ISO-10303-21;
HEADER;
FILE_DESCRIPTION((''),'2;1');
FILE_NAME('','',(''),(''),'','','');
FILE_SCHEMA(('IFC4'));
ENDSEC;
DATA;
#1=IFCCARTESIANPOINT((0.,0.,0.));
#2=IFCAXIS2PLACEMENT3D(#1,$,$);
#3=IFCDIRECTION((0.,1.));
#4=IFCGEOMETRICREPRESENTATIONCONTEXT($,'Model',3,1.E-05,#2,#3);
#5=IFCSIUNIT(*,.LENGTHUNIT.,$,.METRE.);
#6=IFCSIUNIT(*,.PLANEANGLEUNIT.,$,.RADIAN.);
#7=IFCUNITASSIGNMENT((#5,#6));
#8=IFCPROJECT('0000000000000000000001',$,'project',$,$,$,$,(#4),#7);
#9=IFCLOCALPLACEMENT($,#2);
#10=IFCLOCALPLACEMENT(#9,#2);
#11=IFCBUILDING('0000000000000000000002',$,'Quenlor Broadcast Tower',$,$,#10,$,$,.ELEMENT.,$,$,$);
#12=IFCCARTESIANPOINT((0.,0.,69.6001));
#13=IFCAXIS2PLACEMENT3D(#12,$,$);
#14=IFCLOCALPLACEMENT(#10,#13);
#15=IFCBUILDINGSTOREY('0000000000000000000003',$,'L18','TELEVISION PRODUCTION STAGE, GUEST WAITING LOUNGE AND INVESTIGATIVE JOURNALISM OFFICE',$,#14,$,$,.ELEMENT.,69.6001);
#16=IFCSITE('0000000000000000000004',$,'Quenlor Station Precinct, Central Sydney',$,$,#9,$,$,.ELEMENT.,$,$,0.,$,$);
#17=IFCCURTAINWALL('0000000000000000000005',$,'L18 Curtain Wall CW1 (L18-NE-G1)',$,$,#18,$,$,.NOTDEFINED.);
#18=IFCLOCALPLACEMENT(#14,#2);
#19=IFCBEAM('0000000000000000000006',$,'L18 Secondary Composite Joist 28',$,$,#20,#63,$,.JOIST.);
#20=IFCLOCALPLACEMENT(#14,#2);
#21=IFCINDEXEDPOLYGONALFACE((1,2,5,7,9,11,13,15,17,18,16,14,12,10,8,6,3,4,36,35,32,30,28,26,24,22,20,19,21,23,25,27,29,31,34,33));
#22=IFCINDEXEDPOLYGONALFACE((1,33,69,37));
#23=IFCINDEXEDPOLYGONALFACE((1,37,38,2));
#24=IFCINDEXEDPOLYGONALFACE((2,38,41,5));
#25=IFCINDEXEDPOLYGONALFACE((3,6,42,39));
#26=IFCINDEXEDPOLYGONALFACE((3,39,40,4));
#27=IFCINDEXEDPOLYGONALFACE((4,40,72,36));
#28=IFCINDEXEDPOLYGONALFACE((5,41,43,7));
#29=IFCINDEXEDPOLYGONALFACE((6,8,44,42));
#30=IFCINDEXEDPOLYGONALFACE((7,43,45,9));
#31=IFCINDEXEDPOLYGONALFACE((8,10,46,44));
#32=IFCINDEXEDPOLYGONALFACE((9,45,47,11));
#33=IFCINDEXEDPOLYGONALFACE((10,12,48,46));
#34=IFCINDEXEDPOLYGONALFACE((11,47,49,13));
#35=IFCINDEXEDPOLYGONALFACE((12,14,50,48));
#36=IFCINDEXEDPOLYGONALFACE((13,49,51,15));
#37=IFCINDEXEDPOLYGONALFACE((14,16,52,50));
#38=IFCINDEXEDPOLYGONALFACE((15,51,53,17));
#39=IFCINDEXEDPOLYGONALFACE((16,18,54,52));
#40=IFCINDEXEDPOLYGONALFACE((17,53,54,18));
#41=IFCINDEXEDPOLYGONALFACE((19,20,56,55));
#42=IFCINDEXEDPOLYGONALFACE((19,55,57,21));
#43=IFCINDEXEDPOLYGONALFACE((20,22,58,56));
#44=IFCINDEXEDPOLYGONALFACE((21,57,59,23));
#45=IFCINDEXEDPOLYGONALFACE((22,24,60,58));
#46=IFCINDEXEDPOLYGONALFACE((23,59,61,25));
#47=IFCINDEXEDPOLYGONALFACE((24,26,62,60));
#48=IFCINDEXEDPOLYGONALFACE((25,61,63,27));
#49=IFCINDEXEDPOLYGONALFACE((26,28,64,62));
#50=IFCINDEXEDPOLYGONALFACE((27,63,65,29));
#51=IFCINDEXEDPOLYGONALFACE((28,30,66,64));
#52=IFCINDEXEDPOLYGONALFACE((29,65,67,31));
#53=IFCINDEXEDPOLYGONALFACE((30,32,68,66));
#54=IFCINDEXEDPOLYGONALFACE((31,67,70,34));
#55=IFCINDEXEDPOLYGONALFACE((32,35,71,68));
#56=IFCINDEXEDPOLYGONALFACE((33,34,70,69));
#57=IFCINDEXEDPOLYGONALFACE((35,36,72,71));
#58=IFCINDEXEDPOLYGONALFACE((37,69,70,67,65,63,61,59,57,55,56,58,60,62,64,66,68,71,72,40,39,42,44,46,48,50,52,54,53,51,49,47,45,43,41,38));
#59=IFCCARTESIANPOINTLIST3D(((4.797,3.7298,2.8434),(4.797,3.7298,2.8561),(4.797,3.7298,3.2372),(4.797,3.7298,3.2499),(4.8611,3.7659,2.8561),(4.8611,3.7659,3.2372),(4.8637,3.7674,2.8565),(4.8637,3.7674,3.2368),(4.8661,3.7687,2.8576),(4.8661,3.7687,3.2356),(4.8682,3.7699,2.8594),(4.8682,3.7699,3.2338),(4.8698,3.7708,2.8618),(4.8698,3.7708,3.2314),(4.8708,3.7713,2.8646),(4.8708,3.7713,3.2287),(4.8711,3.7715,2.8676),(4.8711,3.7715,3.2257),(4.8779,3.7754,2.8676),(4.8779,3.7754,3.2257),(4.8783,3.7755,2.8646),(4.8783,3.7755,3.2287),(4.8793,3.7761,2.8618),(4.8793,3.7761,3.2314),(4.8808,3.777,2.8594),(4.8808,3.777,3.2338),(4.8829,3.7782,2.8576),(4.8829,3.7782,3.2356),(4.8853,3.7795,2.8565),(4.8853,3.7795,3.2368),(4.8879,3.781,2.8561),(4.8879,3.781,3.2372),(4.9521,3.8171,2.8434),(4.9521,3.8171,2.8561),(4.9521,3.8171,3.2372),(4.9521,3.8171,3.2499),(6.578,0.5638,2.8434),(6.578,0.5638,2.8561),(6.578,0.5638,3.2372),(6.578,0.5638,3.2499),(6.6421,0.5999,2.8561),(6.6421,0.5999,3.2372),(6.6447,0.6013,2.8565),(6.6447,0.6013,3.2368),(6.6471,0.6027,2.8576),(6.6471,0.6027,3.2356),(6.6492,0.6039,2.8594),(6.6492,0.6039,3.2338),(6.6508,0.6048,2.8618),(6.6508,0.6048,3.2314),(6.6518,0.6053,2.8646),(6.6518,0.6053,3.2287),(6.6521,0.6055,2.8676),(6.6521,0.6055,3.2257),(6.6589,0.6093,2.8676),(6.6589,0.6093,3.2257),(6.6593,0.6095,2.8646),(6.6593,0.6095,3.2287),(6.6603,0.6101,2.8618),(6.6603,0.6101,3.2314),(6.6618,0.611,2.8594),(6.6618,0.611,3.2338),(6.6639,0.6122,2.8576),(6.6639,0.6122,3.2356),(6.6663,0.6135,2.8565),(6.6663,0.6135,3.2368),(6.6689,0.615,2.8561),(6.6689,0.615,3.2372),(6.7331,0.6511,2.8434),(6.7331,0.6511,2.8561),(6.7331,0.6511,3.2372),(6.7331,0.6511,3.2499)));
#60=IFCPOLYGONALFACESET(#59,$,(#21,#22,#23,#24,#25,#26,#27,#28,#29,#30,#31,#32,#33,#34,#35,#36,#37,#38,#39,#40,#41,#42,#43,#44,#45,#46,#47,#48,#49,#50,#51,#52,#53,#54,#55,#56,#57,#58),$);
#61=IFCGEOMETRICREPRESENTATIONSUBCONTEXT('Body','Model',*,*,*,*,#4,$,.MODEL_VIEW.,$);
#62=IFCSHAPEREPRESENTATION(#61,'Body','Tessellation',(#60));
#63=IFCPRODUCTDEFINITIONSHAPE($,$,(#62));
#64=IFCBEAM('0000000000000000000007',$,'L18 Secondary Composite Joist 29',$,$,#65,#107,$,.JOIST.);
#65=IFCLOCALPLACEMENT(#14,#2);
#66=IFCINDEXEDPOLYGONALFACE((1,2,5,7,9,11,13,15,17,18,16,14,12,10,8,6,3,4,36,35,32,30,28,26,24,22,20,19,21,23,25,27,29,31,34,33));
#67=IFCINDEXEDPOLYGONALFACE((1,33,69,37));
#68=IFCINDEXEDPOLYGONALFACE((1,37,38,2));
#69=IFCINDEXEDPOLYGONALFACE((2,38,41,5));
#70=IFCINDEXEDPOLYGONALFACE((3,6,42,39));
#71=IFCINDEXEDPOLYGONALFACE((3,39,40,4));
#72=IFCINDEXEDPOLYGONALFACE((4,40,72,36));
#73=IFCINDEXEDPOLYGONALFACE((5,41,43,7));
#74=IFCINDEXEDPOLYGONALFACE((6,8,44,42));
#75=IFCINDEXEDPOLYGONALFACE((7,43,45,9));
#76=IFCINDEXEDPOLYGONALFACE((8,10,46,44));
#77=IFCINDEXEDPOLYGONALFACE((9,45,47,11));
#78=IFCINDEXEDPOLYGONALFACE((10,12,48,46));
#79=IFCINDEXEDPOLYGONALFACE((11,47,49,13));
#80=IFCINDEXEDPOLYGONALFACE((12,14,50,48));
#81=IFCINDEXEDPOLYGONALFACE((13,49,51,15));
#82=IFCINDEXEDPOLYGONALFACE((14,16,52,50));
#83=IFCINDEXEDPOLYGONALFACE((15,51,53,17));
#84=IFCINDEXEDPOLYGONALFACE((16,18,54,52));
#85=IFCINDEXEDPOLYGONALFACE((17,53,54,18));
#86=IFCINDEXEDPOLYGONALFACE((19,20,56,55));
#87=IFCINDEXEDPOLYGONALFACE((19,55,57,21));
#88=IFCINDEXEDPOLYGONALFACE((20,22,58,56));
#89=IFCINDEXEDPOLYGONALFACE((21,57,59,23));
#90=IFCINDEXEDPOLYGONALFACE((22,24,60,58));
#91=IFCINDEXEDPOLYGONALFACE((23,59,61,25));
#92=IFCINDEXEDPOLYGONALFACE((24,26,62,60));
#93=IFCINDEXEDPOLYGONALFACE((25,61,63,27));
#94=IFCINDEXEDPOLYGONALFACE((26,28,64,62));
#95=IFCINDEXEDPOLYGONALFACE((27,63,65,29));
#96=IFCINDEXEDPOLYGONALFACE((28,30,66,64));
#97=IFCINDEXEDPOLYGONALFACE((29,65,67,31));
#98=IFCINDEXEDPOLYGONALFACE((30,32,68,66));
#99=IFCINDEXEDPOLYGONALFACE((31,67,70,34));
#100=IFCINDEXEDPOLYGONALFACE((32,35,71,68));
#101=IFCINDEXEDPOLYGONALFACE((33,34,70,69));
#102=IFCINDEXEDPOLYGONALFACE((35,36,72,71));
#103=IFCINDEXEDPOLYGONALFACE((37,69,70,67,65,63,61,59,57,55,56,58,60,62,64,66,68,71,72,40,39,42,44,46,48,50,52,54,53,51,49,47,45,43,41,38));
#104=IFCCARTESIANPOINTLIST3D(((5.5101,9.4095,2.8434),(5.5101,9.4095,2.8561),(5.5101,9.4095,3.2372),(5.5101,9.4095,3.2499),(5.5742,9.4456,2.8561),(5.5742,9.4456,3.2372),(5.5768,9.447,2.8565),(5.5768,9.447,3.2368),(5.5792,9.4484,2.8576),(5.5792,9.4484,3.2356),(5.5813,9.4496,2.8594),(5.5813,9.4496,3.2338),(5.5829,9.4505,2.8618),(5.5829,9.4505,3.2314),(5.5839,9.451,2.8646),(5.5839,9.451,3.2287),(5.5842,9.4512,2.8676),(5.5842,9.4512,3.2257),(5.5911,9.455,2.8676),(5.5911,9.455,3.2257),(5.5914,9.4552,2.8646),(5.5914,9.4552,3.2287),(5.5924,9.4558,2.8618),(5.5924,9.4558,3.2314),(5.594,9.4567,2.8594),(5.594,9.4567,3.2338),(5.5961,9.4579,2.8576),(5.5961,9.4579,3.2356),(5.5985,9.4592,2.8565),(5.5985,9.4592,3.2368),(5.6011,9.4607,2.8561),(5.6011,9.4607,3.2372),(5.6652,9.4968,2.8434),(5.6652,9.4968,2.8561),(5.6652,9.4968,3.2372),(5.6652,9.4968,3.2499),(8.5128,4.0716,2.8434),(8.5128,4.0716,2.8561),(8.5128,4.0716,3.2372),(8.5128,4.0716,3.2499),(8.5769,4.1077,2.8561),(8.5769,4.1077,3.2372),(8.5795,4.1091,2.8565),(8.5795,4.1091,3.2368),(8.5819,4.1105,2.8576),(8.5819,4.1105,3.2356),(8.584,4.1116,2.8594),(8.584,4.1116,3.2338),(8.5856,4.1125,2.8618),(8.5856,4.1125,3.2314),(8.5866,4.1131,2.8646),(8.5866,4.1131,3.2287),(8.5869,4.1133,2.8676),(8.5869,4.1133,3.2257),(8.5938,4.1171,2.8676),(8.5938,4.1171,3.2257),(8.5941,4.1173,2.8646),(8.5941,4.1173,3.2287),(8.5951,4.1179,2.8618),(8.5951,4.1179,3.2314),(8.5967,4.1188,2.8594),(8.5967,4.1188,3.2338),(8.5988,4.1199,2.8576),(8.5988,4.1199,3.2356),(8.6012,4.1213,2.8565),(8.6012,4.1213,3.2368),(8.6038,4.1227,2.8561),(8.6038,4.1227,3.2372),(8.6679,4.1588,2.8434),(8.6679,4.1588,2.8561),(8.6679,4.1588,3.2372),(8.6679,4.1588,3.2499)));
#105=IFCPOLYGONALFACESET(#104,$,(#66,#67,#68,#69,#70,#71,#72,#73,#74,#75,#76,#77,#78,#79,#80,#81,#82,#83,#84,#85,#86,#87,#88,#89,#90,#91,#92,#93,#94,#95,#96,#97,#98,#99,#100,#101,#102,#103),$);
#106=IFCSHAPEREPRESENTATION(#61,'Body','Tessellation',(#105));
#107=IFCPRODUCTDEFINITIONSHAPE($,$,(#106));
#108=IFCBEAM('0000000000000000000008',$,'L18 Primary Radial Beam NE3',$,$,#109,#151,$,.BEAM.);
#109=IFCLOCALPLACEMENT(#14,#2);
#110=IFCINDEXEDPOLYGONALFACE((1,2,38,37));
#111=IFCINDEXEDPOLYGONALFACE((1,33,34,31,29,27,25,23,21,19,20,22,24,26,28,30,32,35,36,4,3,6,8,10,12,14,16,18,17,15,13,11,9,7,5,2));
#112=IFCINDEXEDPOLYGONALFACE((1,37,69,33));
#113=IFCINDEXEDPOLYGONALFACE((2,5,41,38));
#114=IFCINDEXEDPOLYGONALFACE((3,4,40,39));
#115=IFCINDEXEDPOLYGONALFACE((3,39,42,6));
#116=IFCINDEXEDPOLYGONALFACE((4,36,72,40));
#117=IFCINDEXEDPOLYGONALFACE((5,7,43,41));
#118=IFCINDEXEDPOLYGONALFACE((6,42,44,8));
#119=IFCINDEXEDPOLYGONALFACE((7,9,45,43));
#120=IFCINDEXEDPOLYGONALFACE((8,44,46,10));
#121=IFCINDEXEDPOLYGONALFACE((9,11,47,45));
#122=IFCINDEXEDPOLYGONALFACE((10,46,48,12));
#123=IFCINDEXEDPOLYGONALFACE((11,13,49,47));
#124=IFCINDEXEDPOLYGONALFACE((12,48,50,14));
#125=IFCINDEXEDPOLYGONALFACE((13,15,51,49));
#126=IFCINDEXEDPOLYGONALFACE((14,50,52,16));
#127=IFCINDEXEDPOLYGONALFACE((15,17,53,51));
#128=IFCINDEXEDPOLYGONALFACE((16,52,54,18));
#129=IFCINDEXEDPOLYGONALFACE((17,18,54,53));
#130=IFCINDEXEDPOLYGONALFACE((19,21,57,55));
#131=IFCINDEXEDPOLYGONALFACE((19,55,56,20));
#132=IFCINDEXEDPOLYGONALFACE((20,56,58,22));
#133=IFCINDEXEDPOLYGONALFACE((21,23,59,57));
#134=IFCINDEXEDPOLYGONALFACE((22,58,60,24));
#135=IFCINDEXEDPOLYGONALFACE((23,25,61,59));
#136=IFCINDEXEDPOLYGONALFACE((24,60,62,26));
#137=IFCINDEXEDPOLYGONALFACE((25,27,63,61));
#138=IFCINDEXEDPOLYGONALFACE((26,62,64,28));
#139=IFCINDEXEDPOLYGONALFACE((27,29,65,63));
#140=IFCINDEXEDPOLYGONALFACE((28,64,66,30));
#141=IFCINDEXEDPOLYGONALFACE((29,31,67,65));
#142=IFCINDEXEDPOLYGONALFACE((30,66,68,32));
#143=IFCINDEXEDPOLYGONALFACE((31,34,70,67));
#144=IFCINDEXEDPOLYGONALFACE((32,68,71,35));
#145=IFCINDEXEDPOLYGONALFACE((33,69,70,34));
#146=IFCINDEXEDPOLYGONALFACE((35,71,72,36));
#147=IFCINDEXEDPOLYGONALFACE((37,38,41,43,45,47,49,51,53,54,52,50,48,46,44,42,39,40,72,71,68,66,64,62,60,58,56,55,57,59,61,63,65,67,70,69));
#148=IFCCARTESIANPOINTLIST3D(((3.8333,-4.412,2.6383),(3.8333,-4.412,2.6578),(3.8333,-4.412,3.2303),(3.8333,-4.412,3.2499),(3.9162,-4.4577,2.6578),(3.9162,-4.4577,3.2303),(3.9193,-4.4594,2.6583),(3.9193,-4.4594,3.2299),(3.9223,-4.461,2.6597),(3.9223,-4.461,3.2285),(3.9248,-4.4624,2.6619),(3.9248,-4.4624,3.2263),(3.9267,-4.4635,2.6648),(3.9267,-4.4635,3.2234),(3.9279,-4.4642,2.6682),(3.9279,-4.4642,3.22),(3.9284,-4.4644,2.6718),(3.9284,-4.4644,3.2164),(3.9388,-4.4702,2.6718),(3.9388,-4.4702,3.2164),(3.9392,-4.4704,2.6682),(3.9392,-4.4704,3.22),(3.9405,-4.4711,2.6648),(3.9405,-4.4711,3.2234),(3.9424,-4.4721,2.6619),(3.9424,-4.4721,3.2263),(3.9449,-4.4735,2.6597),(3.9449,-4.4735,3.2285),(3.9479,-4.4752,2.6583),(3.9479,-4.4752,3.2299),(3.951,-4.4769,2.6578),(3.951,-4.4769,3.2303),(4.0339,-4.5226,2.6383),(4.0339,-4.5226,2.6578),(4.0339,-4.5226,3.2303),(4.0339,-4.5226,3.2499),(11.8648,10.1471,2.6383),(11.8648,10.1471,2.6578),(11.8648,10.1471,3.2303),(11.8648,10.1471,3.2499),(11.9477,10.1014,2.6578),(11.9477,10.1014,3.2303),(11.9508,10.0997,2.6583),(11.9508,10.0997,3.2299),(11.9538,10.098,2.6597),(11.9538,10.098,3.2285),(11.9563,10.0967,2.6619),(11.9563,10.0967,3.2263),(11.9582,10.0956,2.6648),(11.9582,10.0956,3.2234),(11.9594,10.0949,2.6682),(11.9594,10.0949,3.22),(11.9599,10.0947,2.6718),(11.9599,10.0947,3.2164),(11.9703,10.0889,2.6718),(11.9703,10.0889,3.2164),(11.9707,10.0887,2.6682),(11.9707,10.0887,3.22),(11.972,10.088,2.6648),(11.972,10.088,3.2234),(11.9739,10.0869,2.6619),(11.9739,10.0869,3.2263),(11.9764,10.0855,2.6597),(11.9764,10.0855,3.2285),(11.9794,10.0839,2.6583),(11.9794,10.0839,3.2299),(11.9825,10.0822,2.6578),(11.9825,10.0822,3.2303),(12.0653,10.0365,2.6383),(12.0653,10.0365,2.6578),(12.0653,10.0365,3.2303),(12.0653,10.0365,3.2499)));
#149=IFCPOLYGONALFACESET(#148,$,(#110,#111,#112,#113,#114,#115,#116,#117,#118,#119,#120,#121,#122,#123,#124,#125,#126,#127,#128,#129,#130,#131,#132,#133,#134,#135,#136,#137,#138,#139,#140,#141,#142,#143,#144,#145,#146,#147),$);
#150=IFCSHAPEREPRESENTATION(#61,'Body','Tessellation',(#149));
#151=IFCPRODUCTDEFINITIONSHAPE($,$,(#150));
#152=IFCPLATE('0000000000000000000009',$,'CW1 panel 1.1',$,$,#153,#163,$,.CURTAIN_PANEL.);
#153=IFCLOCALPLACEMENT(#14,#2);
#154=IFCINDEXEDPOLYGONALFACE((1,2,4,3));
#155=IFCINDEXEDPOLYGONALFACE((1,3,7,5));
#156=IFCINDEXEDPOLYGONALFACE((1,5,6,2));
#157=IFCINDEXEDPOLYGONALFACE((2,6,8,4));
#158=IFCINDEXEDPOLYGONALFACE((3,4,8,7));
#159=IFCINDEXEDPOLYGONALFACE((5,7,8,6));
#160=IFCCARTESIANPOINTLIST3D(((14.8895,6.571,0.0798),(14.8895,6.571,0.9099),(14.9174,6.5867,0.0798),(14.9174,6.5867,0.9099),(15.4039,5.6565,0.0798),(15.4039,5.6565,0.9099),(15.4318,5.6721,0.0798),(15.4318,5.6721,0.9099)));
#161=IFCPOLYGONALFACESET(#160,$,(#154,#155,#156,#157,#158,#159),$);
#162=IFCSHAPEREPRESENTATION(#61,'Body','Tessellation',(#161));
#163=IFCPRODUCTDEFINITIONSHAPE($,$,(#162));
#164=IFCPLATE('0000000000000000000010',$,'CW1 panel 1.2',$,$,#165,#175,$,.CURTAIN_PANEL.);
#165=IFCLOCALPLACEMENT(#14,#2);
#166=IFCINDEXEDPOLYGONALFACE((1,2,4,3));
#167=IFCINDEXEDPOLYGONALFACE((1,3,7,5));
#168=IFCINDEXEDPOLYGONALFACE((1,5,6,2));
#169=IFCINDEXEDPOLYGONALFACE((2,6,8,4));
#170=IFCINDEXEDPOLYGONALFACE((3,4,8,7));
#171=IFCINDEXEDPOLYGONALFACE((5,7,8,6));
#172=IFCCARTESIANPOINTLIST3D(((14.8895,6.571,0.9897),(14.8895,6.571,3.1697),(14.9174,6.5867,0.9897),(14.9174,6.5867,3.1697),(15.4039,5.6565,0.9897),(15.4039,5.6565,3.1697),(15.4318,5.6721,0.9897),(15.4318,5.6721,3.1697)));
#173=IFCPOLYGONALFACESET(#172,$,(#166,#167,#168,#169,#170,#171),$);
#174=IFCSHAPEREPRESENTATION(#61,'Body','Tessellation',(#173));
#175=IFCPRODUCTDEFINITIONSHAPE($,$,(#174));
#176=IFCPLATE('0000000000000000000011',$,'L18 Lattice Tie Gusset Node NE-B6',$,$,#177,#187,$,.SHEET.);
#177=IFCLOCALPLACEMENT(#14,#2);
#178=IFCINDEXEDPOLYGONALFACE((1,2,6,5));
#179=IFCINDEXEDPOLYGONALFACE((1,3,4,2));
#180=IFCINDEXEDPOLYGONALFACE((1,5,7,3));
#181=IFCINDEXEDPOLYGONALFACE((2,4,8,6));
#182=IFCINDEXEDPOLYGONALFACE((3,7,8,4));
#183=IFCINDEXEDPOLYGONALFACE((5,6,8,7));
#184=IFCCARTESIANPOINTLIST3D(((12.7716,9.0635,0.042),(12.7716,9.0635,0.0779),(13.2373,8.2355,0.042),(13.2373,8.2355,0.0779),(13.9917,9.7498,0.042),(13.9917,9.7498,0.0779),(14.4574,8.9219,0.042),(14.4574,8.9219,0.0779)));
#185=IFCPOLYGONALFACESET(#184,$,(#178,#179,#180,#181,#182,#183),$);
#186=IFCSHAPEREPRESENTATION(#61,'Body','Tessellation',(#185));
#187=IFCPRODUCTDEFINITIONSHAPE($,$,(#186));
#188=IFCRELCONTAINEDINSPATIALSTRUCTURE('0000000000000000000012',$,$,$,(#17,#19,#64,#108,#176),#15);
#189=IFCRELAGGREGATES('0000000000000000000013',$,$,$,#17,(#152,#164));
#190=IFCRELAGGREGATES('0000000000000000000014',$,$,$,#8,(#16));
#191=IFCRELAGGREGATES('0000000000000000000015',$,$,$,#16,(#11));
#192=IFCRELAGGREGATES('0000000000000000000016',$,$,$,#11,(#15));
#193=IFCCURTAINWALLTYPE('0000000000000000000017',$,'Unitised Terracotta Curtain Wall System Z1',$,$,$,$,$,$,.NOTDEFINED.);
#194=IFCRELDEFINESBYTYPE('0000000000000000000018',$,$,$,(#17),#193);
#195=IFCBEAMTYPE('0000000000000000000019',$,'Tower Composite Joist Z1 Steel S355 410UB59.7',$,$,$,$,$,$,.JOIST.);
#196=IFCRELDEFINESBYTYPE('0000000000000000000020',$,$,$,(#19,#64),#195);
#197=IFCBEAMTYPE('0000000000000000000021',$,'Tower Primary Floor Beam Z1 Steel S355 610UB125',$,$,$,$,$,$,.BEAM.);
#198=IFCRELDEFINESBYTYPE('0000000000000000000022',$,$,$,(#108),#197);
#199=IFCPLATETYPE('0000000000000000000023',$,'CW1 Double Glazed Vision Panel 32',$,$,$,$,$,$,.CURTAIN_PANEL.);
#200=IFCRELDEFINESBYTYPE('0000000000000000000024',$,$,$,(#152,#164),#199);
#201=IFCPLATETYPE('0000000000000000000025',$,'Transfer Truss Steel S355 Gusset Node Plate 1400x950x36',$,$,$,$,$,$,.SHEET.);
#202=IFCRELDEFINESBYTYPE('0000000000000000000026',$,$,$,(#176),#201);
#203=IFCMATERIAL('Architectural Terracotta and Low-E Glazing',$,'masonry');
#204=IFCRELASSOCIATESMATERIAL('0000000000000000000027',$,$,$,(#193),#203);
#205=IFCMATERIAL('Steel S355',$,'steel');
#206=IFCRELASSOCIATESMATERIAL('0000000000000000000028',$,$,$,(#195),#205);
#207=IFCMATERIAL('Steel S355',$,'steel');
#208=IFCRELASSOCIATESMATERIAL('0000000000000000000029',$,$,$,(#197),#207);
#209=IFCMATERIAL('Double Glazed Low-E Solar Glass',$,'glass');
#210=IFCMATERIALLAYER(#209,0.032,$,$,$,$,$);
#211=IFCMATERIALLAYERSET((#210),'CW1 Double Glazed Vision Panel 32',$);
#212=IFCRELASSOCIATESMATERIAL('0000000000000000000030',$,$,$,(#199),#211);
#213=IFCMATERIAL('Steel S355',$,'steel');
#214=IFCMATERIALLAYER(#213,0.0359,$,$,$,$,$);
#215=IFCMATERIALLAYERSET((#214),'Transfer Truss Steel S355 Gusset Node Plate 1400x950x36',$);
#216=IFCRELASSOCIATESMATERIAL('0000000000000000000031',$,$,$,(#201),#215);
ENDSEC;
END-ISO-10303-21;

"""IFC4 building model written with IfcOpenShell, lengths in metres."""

from ifc_helpers import new_model, si_unit, direction, frame, origin, origin_2d, place, context, subcontext, project, spatial, rectangle, i_section, extrude, material, layer, layer_set, material_profile, profile_set, type_object, element, aggregate, save


model = new_model("IFC4")

# Units and contexts
model_context = context("Model", 3, precision=1e-05, world=origin(), true_north=direction((0.0, 1.0)))
body_context = subcontext(model_context, "Body", "Model", "MODEL_VIEW")
ifc_project = project(units=[si_unit("LENGTHUNIT", "METRE"), si_unit("PLANEANGLEUNIT", "RADIAN")], contexts=[model_context])

# Site, building, storey
site_placement = place(None, origin())
site = spatial("IfcSite", under=ifc_project, at=site_placement, Name="Quenlor Station Precinct, Central Sydney", CompositionType="ELEMENT", RefElevation=0.0)
building_placement = place(site_placement, origin())
building = spatial("IfcBuilding", under=site, at=building_placement, Name="Quenlor Broadcast Tower", CompositionType="ELEMENT")
storey_placement = place(building_placement, frame((0.0, 0.0, 69.6001)))
storey = spatial("IfcBuildingStorey", under=building, at=storey_placement, Name="L18", Description="TELEVISION PRODUCTION STAGE, GUEST WAITING LOUNGE AND INVESTIGATIVE JOURNALISM OFFICE", CompositionType="ELEMENT", Elevation=69.6001)

# Curtain wall
ifc_material_1 = material(Name="Architectural Terracotta and Low-E Glazing", Category="masonry")
curtain_wall_type = type_object("IfcCurtainWallType", Name="Unitised Terracotta Curtain Wall System Z1", PredefinedType="NOTDEFINED", material=ifc_material_1)
curtain_wall_placement = place(storey_placement, origin())
curtain_wall = element("IfcCurtainWall", 1, at=curtain_wall_placement, inside=storey, type_object=curtain_wall_type, Name="L18 Curtain Wall CW1 (L18-NE-G1)", PredefinedType="NOTDEFINED")

# Beams
ifc_material_2 = material(Name="Steel S355", Category="steel")
ifc_material_profile_1 = material_profile(ifc_material_2, i_section(OverallWidth=0.178, OverallDepth=0.4065, WebThickness=0.0078, FlangeThickness=0.0127, FilletRadius=0.0115, at=origin_2d()))
ifc_profile_set_1 = profile_set([ifc_material_profile_1], Name="Steel S355 410UB59.7")
beam_type_1 = type_object("IfcBeamType", Name="Tower Composite Joist Z1 Steel S355 410UB59.7", PredefinedType="JOIST", material=ifc_profile_set_1)
beam_1_placement = place(storey_placement, frame((4.8745, 3.7734, 3.0466), z_axis=(0.490287, -0.871561, 0.0), x_axis=(0.871561, 0.490287, 0.0)))
element("IfcBeam", 2, at=beam_1_placement, inside=storey, type_object=beam_type_1, Name="L18 Secondary Composite Joist 28", PredefinedType="JOIST", context=body_context, shape_type="SweptSolid", body=[
    extrude(i_section(OverallWidth=0.178, OverallDepth=0.4065, WebThickness=0.0078, FlangeThickness=0.0127, FilletRadius=0.0115, at=origin_2d()), origin(), (0.0, 0.0, 1.0), 3.6326),
])
beam_2_placement = place(storey_placement, frame((5.5876, 9.4531, 3.0466), z_axis=(0.490276, -0.871567, 0.0), x_axis=(0.871567, 0.490276, 0.0)))
element("IfcBeam", 3, at=beam_2_placement, inside=storey, type_object=beam_type_1, Name="L18 Secondary Composite Joist 29", PredefinedType="JOIST", context=body_context, shape_type="SweptSolid", body=[
    extrude(i_section(OverallWidth=0.178, OverallDepth=0.4065, WebThickness=0.0078, FlangeThickness=0.0127, FilletRadius=0.0115, at=origin_2d()), origin(), (0.0, 0.0, 1.0), 6.1245),
])
ifc_material_3 = material(Name="Steel S355", Category="steel")
ifc_material_profile_2 = material_profile(ifc_material_3, i_section(OverallWidth=0.229, OverallDepth=0.6116, WebThickness=0.012, FlangeThickness=0.0195, FilletRadius=0.0139, at=origin_2d()))
ifc_profile_set_2 = profile_set([ifc_material_profile_2], Name="Steel S355 610UB125")
beam_type_2 = type_object("IfcBeamType", Name="Tower Primary Floor Beam Z1 Steel S355 610UB125", PredefinedType="BEAM", material=ifc_profile_set_2)
beam_3_placement = place(storey_placement, frame((11.9651, 10.0918, 2.9441), z_axis=(-0.483026, -0.875606, 0.0), x_axis=(0.875606, -0.483026, 0.0)))
element("IfcBeam", 4, at=beam_3_placement, inside=storey, type_object=beam_type_2, Name="L18 Primary Radial Beam NE3", PredefinedType="BEAM", context=body_context, shape_type="SweptSolid", body=[
    extrude(i_section(OverallWidth=0.229, OverallDepth=0.6116, WebThickness=0.012, FlangeThickness=0.0195, FilletRadius=0.0139, at=origin_2d()), origin(), (0.0, 0.0, 1.0), 16.6274),
])

# Plates
ifc_material_4 = material(Name="Double Glazed Low-E Solar Glass", Category="glass")
ifc_layer_1 = layer(ifc_material_4, 0.032)
ifc_layer_set_1 = layer_set([ifc_layer_1], Name="CW1 Double Glazed Vision Panel 32")
plate_type_1 = type_object("IfcPlateType", Name="CW1 Double Glazed Vision Panel 32", PredefinedType="CURTAIN_PANEL", material=ifc_layer_set_1)
plate_1_placement = place(storey_placement, frame((15.1606, 6.1216, 0.0798), z_axis=(0.0, 0.0, 1.0), x_axis=(0.490277, -0.871567, 0.0)))
plate_1 = element("IfcPlate", 5, at=plate_1_placement, type_object=plate_type_1, Name="CW1 panel 1.1", PredefinedType="CURTAIN_PANEL", context=body_context, shape_type="SweptSolid", body=[
    extrude(rectangle(XDim=1.0493, YDim=0.032, at=origin_2d()), origin(), (0.0, 0.0, 1.0), 0.8301),
])
plate_2_placement = place(storey_placement, frame((15.1606, 6.1216, 0.9897), z_axis=(0.0, 0.0, 1.0), x_axis=(0.490277, -0.871567, 0.0)))
plate_2 = element("IfcPlate", 6, at=plate_2_placement, type_object=plate_type_1, Name="CW1 panel 1.2", PredefinedType="CURTAIN_PANEL", context=body_context, shape_type="SweptSolid", body=[
    extrude(rectangle(XDim=1.0493, YDim=0.032, at=origin_2d()), origin(), (0.0, 0.0, 1.0), 2.1799),
])
aggregate(curtain_wall, [plate_1, plate_2])

# Plate
ifc_material_5 = material(Name="Steel S355", Category="steel")
ifc_layer_2 = layer(ifc_material_5, 0.0359)
ifc_layer_set_2 = layer_set([ifc_layer_2], Name="Transfer Truss Steel S355 Gusset Node Plate 1400x950x36")
plate_type_2 = type_object("IfcPlateType", Name="Transfer Truss Steel S355 Gusset Node Plate 1400x950x36", PredefinedType="SHEET", material=ifc_layer_set_2)
for number, where, z_axis, x_axis, name in (
    (7, (13.6145, 8.9927, 0.042), (0.0, 0.0, 1.0), (0.871556, 0.490295, 0.0), "L18 Lattice Tie Gusset Node NE-B6"),
):
    element("IfcPlate", number, at=place(storey_placement, frame(where, z_axis=z_axis, x_axis=x_axis)), inside=storey, type_object=plate_type_2, Name=name, PredefinedType="SHEET", context=body_context, shape_type="SweptSolid", body=[
        extrude(rectangle(XDim=1.3999, YDim=0.95, at=origin_2d()), origin(), (0.0, 0.0, 1.0), 0.0359),
    ])

save(model, "model.ifc")
